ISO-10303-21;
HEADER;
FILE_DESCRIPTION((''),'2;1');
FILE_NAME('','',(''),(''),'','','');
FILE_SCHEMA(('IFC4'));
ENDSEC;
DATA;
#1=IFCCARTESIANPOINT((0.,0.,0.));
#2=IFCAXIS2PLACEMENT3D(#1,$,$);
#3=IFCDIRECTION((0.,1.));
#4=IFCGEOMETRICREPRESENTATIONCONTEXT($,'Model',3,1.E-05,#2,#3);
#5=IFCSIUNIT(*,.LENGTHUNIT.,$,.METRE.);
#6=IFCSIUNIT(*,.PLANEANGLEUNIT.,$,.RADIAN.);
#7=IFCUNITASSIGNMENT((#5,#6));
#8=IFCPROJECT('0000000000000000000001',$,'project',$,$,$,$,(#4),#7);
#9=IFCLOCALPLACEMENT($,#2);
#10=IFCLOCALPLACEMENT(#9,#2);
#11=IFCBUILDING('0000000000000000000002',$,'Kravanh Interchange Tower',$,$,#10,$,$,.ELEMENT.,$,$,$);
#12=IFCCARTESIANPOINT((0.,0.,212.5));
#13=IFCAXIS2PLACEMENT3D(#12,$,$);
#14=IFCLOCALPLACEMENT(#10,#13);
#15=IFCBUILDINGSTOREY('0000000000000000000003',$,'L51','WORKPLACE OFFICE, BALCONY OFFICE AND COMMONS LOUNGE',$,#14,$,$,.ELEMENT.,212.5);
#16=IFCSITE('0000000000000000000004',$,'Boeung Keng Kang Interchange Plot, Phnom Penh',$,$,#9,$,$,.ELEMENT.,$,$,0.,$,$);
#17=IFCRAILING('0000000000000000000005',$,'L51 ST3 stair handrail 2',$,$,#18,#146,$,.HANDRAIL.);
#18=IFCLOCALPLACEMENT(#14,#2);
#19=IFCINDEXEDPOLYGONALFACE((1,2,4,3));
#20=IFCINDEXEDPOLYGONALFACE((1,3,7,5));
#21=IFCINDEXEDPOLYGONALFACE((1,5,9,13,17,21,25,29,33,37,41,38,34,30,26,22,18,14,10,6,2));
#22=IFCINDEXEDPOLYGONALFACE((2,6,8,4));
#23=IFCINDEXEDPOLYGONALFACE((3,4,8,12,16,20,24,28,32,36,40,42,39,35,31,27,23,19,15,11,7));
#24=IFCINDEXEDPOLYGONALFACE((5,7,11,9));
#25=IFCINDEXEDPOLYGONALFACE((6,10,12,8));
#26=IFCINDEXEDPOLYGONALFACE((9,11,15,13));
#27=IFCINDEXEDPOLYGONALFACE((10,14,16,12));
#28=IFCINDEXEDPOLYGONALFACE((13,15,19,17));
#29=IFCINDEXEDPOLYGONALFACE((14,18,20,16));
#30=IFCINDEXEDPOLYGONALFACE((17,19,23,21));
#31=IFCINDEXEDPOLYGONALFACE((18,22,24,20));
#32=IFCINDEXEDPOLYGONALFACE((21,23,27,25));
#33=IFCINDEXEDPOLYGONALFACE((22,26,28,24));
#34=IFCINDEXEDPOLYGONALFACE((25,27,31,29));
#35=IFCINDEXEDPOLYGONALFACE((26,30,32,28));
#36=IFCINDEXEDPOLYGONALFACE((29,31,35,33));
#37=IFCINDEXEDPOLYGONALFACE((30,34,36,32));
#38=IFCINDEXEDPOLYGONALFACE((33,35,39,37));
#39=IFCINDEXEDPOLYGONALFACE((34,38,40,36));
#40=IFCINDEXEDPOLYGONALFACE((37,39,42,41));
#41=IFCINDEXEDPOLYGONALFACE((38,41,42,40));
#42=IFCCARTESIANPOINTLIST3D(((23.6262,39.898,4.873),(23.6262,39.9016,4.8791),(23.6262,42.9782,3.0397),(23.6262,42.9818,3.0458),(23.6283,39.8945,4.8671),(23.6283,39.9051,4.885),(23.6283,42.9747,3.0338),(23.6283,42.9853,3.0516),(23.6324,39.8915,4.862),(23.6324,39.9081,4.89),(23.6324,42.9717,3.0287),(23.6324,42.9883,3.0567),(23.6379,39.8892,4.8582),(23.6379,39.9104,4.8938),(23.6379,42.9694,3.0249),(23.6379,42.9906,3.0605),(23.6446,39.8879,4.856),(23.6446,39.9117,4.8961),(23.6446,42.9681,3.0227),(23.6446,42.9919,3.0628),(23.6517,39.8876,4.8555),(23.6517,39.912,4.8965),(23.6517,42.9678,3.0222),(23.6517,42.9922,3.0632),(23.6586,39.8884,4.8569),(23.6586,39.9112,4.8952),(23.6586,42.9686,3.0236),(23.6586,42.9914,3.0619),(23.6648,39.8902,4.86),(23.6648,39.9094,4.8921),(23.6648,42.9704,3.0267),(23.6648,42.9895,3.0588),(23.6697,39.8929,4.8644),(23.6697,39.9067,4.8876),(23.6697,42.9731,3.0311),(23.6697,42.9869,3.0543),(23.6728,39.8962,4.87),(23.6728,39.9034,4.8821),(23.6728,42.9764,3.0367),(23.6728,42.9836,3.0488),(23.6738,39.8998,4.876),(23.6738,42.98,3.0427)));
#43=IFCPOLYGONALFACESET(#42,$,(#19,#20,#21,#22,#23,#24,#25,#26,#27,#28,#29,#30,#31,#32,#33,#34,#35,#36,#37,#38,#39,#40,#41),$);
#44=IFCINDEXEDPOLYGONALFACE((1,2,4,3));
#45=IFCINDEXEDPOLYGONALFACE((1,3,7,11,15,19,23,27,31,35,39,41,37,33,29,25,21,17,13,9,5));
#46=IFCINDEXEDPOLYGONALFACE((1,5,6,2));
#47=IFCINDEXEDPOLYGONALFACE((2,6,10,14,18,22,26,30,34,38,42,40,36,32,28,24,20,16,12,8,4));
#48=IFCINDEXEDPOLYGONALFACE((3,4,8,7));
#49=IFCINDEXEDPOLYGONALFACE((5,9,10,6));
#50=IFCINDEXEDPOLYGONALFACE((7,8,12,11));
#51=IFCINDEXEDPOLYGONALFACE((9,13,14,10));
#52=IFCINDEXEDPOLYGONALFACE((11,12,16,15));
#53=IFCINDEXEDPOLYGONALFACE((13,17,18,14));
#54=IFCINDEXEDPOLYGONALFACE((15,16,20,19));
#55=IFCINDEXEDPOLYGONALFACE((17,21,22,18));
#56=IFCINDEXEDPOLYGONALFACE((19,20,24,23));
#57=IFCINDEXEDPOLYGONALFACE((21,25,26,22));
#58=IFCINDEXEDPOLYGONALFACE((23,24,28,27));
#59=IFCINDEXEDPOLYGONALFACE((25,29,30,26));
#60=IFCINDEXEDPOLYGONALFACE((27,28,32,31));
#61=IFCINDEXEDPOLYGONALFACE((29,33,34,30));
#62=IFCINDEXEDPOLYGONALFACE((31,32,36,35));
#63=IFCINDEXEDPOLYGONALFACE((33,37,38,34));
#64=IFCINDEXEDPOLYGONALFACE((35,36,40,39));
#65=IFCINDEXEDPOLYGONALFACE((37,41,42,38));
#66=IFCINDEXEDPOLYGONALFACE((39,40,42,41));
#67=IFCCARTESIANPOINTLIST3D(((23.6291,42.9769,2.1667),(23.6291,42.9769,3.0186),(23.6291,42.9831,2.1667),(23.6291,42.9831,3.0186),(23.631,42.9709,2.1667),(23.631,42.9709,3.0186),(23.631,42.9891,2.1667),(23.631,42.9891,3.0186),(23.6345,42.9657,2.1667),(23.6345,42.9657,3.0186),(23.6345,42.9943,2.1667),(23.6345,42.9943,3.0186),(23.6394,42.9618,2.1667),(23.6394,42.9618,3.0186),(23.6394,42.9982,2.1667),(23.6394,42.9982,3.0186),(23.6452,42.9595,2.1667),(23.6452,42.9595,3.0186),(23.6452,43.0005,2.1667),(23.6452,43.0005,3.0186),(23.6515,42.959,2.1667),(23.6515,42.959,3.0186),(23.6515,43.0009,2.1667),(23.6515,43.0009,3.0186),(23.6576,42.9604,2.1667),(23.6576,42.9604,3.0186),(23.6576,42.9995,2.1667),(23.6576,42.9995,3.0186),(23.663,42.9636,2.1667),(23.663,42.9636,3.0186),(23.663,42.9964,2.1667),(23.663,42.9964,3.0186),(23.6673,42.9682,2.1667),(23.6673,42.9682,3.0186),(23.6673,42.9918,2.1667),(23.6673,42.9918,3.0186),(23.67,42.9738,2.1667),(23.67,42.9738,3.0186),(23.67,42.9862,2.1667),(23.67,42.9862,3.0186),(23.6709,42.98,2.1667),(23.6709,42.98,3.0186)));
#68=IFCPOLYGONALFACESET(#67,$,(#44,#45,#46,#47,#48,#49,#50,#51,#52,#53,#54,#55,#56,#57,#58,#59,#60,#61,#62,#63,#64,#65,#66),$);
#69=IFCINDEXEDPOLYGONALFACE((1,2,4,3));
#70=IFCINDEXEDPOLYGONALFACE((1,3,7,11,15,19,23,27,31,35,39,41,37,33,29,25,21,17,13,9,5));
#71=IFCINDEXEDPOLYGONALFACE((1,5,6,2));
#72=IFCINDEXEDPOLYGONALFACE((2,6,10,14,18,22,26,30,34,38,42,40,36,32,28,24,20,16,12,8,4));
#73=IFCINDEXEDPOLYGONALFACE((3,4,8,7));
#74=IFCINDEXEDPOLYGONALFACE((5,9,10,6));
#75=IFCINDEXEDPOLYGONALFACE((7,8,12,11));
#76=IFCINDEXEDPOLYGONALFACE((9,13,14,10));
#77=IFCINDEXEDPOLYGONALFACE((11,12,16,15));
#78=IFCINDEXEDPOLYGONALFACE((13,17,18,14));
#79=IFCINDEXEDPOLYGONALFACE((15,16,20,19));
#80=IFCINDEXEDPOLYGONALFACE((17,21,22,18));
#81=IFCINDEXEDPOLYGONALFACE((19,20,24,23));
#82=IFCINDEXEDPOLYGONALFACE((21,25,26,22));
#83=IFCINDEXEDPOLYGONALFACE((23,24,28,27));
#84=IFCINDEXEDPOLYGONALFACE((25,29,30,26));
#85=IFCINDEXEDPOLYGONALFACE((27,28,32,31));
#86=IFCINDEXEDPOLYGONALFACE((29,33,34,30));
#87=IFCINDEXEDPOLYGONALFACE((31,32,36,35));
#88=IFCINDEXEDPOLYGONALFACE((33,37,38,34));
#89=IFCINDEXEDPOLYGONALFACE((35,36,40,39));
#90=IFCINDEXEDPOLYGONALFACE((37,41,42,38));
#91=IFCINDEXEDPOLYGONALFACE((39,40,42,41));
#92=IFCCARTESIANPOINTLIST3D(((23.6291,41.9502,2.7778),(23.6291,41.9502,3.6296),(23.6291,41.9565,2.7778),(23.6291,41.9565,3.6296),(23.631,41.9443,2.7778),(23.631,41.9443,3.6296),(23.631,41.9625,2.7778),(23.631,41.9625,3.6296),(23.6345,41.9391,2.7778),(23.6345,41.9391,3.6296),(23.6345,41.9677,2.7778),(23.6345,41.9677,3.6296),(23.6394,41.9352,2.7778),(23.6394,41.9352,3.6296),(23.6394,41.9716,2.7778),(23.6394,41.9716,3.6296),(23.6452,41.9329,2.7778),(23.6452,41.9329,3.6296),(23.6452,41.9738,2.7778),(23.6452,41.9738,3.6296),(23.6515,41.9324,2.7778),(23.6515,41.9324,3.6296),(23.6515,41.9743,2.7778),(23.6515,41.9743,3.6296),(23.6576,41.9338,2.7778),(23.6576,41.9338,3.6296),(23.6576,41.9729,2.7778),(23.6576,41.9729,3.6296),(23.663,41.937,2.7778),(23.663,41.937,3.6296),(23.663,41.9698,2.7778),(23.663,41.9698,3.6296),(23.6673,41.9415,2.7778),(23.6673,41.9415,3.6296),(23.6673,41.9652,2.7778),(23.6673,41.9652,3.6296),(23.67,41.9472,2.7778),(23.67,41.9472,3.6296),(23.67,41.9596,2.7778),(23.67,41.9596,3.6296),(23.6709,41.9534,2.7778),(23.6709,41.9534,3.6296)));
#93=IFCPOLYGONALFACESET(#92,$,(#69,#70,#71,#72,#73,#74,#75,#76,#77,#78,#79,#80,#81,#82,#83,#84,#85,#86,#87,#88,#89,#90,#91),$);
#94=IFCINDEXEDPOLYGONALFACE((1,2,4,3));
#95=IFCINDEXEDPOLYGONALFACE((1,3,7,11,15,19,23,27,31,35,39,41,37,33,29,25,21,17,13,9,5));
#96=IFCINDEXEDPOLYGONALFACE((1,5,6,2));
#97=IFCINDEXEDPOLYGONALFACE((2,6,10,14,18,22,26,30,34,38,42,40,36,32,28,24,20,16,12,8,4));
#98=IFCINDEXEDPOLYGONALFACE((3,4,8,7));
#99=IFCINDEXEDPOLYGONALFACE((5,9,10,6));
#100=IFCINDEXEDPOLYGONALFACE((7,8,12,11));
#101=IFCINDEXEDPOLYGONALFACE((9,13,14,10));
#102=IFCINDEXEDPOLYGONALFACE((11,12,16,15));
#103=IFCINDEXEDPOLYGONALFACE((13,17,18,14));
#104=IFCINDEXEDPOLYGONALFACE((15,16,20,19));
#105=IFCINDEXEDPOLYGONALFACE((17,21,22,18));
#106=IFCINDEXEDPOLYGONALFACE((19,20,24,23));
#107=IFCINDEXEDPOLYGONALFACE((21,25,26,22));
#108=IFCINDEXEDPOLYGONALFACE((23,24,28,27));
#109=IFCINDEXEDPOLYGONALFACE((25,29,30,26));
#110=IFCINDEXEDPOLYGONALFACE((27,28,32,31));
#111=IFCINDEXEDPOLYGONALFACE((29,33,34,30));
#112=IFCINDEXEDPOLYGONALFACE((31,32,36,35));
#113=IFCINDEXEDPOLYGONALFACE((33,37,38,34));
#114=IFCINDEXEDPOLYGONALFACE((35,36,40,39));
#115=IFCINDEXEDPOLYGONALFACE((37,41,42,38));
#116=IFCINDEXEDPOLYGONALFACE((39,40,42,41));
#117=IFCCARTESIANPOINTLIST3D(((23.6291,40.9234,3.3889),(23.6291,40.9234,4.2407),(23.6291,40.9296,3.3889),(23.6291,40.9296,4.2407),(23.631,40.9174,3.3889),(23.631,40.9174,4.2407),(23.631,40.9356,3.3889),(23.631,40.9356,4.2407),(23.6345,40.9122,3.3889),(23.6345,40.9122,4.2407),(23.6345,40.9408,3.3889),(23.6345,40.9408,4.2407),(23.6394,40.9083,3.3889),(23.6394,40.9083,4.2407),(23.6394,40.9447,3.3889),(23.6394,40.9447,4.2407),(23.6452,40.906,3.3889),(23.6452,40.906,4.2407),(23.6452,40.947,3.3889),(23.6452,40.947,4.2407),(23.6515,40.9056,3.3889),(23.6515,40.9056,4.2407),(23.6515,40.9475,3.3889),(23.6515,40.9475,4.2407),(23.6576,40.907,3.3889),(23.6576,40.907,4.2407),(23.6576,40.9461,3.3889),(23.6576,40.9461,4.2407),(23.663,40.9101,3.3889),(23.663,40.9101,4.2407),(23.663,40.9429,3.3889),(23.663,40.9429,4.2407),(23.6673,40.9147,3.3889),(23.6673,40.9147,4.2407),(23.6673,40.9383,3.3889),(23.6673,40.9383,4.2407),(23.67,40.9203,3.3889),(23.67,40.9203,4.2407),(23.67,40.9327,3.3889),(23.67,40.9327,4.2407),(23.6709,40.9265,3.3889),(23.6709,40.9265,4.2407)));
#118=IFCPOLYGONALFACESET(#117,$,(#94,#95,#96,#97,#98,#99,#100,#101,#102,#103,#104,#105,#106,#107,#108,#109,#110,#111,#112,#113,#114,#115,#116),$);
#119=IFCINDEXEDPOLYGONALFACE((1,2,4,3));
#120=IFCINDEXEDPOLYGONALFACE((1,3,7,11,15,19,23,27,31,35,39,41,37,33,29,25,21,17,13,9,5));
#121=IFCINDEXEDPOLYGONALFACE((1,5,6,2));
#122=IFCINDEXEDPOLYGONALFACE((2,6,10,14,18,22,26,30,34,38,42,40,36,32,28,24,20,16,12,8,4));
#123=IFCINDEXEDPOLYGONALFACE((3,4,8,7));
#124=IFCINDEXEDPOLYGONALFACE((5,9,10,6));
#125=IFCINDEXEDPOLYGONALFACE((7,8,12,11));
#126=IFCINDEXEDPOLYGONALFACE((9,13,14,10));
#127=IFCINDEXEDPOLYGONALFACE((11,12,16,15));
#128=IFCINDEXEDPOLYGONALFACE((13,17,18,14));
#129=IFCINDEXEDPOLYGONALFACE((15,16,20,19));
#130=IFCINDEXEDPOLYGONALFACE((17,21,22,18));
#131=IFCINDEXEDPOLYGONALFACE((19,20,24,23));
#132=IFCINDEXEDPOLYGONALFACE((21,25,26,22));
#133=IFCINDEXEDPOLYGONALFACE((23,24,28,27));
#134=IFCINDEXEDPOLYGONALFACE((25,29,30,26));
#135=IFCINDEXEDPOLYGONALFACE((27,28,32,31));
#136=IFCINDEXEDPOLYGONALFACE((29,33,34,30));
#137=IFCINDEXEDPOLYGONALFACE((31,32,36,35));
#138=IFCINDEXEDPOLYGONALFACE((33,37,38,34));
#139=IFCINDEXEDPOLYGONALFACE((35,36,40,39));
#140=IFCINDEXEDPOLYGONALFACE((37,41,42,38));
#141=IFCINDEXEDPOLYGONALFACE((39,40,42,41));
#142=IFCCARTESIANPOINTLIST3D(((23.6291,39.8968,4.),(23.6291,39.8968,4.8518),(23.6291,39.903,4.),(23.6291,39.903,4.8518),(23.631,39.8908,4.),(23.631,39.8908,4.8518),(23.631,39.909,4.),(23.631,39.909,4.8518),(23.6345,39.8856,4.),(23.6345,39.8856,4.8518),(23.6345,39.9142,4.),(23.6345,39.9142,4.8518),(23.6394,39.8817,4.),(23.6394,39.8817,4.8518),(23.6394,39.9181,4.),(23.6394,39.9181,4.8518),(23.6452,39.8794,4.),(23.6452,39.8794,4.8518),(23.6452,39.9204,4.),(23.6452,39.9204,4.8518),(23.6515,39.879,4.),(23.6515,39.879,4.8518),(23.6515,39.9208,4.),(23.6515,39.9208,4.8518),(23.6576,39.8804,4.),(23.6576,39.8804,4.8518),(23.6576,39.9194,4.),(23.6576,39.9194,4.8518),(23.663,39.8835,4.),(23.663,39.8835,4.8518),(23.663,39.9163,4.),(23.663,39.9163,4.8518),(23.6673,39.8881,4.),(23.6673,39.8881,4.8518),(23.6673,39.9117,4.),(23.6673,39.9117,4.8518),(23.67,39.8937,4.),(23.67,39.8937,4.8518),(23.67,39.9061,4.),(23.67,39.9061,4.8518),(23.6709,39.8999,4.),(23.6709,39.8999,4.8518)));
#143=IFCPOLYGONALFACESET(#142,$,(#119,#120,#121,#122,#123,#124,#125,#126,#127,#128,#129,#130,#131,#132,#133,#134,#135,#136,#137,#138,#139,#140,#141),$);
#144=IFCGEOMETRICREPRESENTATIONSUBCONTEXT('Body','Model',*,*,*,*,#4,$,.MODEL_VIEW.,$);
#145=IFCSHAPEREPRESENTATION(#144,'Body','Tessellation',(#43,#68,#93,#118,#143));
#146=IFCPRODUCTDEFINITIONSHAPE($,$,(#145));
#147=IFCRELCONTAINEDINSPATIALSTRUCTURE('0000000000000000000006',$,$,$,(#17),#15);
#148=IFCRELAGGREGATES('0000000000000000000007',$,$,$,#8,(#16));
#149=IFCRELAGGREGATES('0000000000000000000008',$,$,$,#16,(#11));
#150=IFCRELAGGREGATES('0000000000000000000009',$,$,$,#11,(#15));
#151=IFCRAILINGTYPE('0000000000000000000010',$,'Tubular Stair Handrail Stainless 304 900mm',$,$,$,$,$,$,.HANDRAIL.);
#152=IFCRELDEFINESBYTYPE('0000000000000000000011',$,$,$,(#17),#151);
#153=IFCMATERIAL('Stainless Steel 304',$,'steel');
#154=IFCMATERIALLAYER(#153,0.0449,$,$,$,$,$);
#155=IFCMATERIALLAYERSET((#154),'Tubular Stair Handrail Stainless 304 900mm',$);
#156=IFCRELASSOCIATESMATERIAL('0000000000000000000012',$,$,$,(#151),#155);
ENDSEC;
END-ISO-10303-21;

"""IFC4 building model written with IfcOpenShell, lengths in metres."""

from ifc_helpers import new_model, si_unit, direction, frame, origin, origin_2d, place, context, subcontext, project, spatial, circle, extrude, material, layer, layer_set, type_object, element, save


model = new_model("IFC4")

# Units and contexts
model_context = context("Model", 3, precision=1e-05, world=origin(), true_north=direction((0.0, 1.0)))
body_context = subcontext(model_context, "Body", "Model", "MODEL_VIEW")
ifc_project = project(units=[si_unit("LENGTHUNIT", "METRE"), si_unit("PLANEANGLEUNIT", "RADIAN")], contexts=[model_context])

# Site, building, storey
site_placement = place(None, origin())
site = spatial("IfcSite", under=ifc_project, at=site_placement, Name="Boeung Keng Kang Interchange Plot, Phnom Penh", CompositionType="ELEMENT", RefElevation=0.0)
building_placement = place(site_placement, origin())
building = spatial("IfcBuilding", under=site, at=building_placement, Name="Kravanh Interchange Tower", CompositionType="ELEMENT")
storey_placement = place(building_placement, frame((0.0, 0.0, 212.5)))
storey = spatial("IfcBuildingStorey", under=building, at=storey_placement, Name="L51", Description="WORKPLACE OFFICE, BALCONY OFFICE AND COMMONS LOUNGE", CompositionType="ELEMENT", Elevation=212.5)

# Railing
ifc_material_1 = material(Name="Stainless Steel 304", Category="steel")
ifc_layer_1 = layer(ifc_material_1, 0.0449)
ifc_layer_set_1 = layer_set([ifc_layer_1], Name="Tubular Stair Handrail Stainless 304 900mm")
railing_type_1 = type_object("IfcRailingType", Name="Tubular Stair Handrail Stainless 304 900mm", PredefinedType="HANDRAIL", material=ifc_layer_set_1)
railing_1_placement = place(storey_placement, frame((23.6499, 42.98, 2.1667)))
element("IfcRailing", 1, at=railing_1_placement, inside=storey, type_object=railing_type_1, Name="L51 ST3 stair handrail 2", PredefinedType="HANDRAIL", context=body_context, shape_type="SweptSolid", body=[
    extrude(circle(Radius=0.0239, at=origin_2d()), frame((0.0, 0.0, 0.876), z_axis=(0.0, -0.859309, 0.511458), x_axis=(1.0, 0.0, 0.0)), (0.0, 0.0, 1.0), 3.5845),
    extrude(circle(Radius=0.021, at=origin_2d()), origin(), (0.0, 0.0, 1.0), 0.8518),
    extrude(circle(Radius=0.021, at=origin_2d()), frame((0.0, -1.0266, 0.6111)), (0.0, 0.0, 1.0), 0.8518),
    extrude(circle(Radius=0.021, at=origin_2d()), frame((0.0, -2.0535, 1.2222)), (0.0, 0.0, 1.0), 0.8518),
    extrude(circle(Radius=0.021, at=origin_2d()), frame((0.0, -3.0801, 1.8333)), (0.0, 0.0, 1.0), 0.8518),
])

save(model, "model.ifc")
